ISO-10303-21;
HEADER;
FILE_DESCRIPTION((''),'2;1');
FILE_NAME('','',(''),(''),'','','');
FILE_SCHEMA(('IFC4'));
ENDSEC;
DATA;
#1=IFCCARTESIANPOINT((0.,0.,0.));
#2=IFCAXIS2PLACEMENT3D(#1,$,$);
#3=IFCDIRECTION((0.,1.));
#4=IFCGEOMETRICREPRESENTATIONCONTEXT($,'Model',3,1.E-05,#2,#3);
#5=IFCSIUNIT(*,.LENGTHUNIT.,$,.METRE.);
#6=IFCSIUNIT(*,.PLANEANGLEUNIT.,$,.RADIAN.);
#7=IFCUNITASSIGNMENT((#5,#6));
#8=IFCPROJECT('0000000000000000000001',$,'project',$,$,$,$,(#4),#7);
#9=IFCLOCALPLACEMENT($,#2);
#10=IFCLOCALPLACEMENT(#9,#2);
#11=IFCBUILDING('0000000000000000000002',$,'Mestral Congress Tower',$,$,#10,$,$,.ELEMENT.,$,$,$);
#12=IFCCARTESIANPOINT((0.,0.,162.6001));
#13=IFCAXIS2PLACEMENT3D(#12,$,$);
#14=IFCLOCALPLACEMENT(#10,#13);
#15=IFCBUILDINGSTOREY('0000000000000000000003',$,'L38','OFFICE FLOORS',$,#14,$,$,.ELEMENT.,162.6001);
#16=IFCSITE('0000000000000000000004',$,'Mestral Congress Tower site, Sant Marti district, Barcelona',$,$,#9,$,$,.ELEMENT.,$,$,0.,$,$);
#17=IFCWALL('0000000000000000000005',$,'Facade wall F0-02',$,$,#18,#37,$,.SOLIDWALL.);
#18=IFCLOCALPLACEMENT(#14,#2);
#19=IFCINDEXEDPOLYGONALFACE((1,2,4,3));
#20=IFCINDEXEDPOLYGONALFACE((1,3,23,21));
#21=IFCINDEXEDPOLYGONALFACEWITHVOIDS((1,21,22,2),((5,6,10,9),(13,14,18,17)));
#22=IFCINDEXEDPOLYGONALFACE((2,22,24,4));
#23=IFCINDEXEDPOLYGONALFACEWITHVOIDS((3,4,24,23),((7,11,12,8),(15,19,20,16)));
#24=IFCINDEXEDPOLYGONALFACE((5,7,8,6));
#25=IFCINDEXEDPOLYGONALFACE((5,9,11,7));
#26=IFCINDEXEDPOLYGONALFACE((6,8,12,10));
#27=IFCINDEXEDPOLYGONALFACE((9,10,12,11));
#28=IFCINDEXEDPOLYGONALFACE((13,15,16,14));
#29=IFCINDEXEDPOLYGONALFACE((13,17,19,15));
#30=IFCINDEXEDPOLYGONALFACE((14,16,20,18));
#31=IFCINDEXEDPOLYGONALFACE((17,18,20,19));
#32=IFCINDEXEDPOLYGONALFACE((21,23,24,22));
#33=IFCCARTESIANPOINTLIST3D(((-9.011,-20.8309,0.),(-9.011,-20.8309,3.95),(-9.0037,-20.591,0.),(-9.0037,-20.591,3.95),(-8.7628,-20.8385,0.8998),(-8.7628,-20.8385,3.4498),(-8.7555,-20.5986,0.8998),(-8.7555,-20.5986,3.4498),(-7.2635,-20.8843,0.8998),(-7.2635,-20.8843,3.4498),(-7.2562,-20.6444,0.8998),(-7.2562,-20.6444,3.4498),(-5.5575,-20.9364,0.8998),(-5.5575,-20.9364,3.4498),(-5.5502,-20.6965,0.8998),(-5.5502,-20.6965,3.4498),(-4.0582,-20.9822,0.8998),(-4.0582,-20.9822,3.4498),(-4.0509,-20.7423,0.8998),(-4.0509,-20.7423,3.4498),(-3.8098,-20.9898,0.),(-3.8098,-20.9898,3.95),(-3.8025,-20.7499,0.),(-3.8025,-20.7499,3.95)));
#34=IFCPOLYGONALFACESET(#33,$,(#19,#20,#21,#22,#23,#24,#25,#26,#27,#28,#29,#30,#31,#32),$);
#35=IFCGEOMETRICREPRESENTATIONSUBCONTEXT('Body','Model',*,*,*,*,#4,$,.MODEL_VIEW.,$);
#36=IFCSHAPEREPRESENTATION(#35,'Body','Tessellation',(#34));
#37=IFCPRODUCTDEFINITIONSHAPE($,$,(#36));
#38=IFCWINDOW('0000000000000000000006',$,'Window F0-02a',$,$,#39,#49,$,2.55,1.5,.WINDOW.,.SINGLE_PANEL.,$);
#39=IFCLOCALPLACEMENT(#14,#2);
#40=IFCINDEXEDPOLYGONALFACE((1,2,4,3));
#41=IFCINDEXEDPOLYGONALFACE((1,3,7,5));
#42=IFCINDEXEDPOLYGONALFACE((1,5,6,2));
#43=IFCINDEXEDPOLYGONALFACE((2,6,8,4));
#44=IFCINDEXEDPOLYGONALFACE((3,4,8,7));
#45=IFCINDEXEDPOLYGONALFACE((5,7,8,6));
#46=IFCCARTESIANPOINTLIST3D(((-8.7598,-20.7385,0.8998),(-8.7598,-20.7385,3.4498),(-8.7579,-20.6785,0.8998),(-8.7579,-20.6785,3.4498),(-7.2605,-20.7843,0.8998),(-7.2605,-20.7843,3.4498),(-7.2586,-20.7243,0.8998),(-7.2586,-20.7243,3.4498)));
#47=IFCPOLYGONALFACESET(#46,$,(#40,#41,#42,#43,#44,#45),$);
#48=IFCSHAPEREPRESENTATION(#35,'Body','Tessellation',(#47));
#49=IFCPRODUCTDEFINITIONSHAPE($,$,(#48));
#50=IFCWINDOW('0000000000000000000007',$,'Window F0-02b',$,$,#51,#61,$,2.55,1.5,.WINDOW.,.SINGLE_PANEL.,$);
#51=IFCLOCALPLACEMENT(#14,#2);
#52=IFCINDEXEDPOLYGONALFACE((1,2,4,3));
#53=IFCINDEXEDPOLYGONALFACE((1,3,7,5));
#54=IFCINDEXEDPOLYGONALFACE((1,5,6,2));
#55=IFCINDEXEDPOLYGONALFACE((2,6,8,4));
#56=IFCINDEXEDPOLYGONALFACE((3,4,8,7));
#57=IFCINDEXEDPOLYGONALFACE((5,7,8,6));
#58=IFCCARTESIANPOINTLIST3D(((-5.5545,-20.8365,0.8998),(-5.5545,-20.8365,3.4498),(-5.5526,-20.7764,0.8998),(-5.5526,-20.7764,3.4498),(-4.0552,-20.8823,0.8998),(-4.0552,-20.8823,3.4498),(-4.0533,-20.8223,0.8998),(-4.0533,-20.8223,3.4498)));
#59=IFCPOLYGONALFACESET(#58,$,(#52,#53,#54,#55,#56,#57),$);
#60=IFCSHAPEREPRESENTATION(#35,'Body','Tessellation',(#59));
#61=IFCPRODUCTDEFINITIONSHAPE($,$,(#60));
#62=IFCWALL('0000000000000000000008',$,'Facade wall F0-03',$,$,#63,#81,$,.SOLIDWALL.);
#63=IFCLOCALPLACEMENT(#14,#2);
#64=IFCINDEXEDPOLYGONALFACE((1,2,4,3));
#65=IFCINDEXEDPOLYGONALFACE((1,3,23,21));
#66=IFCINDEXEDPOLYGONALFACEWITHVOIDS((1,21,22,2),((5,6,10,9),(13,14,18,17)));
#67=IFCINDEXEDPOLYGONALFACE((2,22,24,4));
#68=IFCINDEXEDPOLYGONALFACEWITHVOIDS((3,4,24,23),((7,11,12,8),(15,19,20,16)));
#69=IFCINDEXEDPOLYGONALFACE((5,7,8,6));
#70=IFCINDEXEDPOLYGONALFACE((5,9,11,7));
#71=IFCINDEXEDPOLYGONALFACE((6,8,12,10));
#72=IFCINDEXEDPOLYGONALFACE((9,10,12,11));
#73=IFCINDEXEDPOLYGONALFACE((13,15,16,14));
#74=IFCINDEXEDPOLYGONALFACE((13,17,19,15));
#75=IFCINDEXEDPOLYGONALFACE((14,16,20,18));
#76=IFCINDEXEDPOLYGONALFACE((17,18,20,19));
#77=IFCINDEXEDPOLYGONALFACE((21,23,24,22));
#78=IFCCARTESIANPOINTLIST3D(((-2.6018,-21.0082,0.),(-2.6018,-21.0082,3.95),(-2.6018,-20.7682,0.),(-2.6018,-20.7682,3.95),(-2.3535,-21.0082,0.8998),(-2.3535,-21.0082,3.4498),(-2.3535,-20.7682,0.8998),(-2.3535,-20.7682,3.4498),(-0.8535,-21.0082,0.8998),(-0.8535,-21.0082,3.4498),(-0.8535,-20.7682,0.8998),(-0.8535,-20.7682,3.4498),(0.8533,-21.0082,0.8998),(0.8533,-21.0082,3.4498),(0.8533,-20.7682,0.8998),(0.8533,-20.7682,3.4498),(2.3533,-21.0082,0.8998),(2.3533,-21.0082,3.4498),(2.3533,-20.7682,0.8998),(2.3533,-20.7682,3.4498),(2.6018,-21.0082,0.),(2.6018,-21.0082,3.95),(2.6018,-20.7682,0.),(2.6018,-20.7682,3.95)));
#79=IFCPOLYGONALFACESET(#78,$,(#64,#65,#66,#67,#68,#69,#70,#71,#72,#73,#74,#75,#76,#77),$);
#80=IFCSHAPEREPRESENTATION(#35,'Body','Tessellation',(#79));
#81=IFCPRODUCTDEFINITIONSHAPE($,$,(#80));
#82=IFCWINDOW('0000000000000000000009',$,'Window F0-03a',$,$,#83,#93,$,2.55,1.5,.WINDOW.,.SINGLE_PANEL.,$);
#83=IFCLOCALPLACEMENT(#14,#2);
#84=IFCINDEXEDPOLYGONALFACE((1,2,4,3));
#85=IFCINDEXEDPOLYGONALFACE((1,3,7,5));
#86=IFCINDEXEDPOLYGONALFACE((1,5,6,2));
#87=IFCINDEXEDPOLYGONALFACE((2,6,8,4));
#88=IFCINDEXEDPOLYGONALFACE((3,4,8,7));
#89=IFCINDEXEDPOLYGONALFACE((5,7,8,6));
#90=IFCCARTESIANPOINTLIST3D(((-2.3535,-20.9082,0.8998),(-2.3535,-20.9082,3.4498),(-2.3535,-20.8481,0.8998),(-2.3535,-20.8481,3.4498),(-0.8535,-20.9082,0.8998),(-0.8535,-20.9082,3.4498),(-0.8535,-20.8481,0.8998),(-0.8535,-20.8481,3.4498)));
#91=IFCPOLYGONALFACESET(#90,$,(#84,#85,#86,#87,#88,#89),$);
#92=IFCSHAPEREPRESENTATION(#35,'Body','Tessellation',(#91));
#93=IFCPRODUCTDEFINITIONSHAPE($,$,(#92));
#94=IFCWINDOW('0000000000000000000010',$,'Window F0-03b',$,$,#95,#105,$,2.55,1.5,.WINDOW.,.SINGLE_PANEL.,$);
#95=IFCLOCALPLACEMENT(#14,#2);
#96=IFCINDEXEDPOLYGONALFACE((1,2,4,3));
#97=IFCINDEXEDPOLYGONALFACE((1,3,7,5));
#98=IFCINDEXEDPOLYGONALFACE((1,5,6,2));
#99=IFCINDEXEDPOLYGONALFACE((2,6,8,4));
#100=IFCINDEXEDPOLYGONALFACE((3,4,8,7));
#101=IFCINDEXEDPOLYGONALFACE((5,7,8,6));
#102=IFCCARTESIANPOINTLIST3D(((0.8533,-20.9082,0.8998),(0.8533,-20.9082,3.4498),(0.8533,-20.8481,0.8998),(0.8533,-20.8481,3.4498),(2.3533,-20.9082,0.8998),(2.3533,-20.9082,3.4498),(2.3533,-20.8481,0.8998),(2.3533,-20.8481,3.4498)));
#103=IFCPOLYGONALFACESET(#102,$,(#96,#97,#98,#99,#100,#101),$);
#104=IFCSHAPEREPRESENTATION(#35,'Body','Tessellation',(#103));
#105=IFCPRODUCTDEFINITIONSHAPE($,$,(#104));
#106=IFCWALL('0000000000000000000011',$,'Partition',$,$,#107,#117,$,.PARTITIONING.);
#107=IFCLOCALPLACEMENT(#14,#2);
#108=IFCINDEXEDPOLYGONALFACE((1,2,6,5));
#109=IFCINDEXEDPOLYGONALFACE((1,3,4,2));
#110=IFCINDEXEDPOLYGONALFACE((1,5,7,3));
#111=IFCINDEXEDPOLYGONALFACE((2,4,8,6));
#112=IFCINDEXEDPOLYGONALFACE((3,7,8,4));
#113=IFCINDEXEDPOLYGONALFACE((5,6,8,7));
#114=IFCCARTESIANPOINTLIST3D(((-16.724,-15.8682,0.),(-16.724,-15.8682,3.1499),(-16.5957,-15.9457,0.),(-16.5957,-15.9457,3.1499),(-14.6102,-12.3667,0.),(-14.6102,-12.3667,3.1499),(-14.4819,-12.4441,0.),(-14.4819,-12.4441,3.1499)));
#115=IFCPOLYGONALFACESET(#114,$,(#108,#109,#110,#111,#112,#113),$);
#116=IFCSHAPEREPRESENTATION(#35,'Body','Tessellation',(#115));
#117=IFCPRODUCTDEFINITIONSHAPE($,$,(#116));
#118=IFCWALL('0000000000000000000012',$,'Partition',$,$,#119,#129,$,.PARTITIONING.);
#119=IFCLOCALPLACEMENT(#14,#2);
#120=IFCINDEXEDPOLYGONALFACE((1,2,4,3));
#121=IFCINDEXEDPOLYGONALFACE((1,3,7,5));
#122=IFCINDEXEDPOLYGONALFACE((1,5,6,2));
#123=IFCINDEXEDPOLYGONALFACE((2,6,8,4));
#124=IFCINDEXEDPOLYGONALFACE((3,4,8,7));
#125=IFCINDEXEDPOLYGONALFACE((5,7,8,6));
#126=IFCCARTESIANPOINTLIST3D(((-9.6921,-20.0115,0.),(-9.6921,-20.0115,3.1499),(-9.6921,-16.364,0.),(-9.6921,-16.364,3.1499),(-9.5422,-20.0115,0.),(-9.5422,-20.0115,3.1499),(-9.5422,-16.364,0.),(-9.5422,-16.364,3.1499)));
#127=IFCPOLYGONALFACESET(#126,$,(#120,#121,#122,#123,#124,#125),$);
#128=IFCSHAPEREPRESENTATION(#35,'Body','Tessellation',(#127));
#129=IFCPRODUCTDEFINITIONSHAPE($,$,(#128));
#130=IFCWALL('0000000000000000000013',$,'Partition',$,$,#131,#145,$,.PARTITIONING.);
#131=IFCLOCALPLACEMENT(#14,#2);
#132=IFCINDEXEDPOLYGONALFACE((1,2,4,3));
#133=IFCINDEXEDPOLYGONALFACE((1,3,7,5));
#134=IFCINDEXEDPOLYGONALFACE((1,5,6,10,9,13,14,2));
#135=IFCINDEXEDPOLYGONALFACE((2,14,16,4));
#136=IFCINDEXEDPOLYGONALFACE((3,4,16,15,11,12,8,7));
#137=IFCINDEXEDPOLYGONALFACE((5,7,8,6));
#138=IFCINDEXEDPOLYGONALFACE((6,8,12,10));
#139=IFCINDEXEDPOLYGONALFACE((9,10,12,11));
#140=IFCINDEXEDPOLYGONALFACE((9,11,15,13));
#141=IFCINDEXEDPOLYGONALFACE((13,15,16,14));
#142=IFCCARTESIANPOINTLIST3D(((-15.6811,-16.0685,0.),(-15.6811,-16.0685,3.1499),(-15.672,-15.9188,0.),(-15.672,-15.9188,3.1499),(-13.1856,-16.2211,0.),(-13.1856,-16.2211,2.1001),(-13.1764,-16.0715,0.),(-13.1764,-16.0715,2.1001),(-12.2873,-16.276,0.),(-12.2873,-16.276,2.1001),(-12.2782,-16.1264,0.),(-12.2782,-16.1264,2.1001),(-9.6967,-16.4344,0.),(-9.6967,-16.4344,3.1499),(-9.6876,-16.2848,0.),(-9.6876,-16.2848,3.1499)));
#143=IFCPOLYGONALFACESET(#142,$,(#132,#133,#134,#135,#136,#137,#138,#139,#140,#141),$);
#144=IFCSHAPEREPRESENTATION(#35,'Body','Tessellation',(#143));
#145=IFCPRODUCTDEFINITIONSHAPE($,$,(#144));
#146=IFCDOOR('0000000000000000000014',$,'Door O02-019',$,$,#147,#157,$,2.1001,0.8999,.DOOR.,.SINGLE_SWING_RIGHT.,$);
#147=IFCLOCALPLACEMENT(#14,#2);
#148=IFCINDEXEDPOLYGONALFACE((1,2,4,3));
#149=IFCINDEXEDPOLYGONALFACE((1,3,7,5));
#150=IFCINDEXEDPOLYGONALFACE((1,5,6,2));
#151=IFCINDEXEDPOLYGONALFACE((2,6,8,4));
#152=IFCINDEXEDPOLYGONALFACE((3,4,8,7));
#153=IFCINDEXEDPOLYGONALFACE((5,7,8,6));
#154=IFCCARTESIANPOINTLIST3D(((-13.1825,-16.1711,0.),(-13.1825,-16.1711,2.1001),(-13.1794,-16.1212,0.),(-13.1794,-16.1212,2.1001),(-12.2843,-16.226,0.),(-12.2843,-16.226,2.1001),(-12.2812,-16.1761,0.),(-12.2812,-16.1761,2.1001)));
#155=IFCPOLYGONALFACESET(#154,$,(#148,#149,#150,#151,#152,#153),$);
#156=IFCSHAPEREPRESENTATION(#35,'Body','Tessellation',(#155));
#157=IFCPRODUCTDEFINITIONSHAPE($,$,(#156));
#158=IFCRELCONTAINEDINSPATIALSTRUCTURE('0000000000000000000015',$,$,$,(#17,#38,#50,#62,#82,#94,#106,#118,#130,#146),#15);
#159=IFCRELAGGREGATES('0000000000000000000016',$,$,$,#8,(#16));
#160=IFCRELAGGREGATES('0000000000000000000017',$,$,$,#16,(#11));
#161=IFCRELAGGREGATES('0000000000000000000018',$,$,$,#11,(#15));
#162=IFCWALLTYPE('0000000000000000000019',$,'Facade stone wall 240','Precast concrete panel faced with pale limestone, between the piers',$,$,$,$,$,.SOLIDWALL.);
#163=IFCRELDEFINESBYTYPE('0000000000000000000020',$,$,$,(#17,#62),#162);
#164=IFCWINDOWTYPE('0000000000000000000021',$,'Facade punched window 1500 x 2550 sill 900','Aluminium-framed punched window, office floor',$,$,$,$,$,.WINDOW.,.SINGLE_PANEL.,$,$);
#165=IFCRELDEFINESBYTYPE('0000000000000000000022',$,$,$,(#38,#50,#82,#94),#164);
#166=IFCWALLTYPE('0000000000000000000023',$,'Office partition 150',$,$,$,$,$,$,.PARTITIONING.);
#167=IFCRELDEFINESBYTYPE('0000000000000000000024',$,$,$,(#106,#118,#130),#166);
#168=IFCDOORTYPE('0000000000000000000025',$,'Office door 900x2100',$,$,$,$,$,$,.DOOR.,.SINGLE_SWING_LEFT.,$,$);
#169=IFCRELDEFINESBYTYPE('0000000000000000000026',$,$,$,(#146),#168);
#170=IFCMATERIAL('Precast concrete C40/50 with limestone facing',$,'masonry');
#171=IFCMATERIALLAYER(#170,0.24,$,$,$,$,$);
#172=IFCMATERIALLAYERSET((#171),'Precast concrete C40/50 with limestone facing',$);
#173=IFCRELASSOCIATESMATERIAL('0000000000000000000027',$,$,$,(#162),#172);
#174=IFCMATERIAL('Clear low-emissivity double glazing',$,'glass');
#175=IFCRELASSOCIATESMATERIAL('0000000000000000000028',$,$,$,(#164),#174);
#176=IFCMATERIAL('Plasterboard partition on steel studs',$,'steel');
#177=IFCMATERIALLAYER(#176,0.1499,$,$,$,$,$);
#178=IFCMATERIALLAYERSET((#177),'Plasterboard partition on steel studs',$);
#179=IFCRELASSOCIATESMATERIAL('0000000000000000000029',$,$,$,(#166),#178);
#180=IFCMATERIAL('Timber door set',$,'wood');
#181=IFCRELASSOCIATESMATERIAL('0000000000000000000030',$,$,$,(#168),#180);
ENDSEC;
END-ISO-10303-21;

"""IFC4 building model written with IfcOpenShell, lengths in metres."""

from ifc_helpers import new_model, si_unit, direction, frame, frame_2d, origin, place, context, subcontext, project, spatial, rectangle, extrude, material, layer, layer_set, type_object, element, fill, save


model = new_model("IFC4")

# Units and contexts
model_context = context("Model", 3, precision=1e-05, world=origin(), true_north=direction((0.0, 1.0)))
body_context = subcontext(model_context, "Body", "Model", "MODEL_VIEW")
ifc_project = project(units=[si_unit("LENGTHUNIT", "METRE"), si_unit("PLANEANGLEUNIT", "RADIAN")], contexts=[model_context])

# Site, building, storey
site_placement = place(None, origin())
site = spatial("IfcSite", under=ifc_project, at=site_placement, Name="Mestral Congress Tower site, Sant Marti district, Barcelona", CompositionType="ELEMENT", RefElevation=0.0)
building_placement = place(site_placement, origin())
building = spatial("IfcBuilding", under=site, at=building_placement, Name="Mestral Congress Tower", CompositionType="ELEMENT")
storey_placement = place(building_placement, frame((0.0, 0.0, 162.6001)))
storey = spatial("IfcBuildingStorey", under=building, at=storey_placement, Name="L38", Description="OFFICE FLOORS", CompositionType="ELEMENT", Elevation=162.6001)

# Walls, openings, windows
ifc_material_1 = material(Name="Precast concrete C40/50 with limestone facing", Category="masonry")
ifc_layer_1 = layer(ifc_material_1, 0.24)
ifc_layer_set_1 = layer_set([ifc_layer_1], Name="Precast concrete C40/50 with limestone facing")
wall_type_1 = type_object("IfcWallType", Name="Facade stone wall 240", Description="Precast concrete panel faced with pale limestone, between the piers", PredefinedType="SOLIDWALL", material=ifc_layer_set_1)
wall_1_placement = place(storey_placement, frame((-9.0073, -20.7109, 0.0), z_axis=(0.0, 0.0, 1.0), x_axis=(0.999533, -0.030543, 0.0)))
wall_1 = element("IfcWall", 1, at=wall_1_placement, inside=storey, type_object=wall_type_1, Name="Facade wall F0-02", PredefinedType="SOLIDWALL", context=body_context, shape_type="SweptSolid", body=[
    extrude(rectangle(XDim=5.2036, YDim=0.24, at=frame_2d((2.6018, 0.0))), origin(), (0.0, 0.0, 1.0), 3.95),
])
opening_1_placement = place(wall_1_placement, frame((0.2483, 0.0, 0.8999)))
opening_1 = element("IfcOpeningElement", 2, at=opening_1_placement, cuts=wall_1, PredefinedType="OPENING", context=body_context, shape_type="SweptSolid", body=[
    extrude(rectangle(XDim=1.5, YDim=2.55, at=frame_2d((0.75, 1.2749))), frame((0.0, 0.1299, 0.0), z_axis=(0.0, -1.0, 0.0), x_axis=(1.0, 0.0, 0.0)), (0.0, 0.0, 1.0), 0.26),
])
opening_2_placement = place(wall_1_placement, frame((3.4551, 0.0, 0.8999)))
opening_2 = element("IfcOpeningElement", 3, at=opening_2_placement, cuts=wall_1, PredefinedType="OPENING", context=body_context, shape_type="SweptSolid", body=[
    extrude(rectangle(XDim=1.5, YDim=2.55, at=frame_2d((0.75, 1.2749))), frame((0.0, 0.1299, 0.0), z_axis=(0.0, -1.0, 0.0), x_axis=(1.0, 0.0, 0.0)), (0.0, 0.0, 1.0), 0.26),
])
ifc_material_2 = material(Name="Clear low-emissivity double glazing", Category="glass")
window_type = type_object("IfcWindowType", Name="Facade punched window 1500 x 2550 sill 900", Description="Aluminium-framed punched window, office floor", PartitioningType="SINGLE_PANEL", PredefinedType="WINDOW", material=ifc_material_2)
window_1_placement = place(opening_1_placement, origin())
window_1 = element("IfcWindow", 4, at=window_1_placement, inside=storey, type_object=window_type, Name="Window F0-02a", OverallHeight=2.55, OverallWidth=1.5, PartitioningType="SINGLE_PANEL", PredefinedType="WINDOW", context=body_context, shape_type="SweptSolid", body=[
    extrude(rectangle(XDim=1.5, YDim=2.55, at=frame_2d((0.75, 1.2749))), frame((0.0, 0.04, 0.0), z_axis=(0.0, -1.0, 0.0), x_axis=(1.0, 0.0, 0.0)), (0.0, 0.0, 1.0), 0.0601),
])
fill(opening_1, window_1)
window_2_placement = place(opening_2_placement, origin())
window_2 = element("IfcWindow", 5, at=window_2_placement, inside=storey, type_object=window_type, Name="Window F0-02b", OverallHeight=2.55, OverallWidth=1.5, PartitioningType="SINGLE_PANEL", PredefinedType="WINDOW", context=body_context, shape_type="SweptSolid", body=[
    extrude(rectangle(XDim=1.5, YDim=2.55, at=frame_2d((0.75, 1.2749))), frame((0.0, 0.04, 0.0), z_axis=(0.0, -1.0, 0.0), x_axis=(1.0, 0.0, 0.0)), (0.0, 0.0, 1.0), 0.0601),
])
fill(opening_2, window_2)
wall_2_placement = place(storey_placement, frame((-2.6018, -20.8882, 0.0), z_axis=(0.0, 0.0, 1.0), x_axis=(1.0, 0.0, 0.0)))
wall_2 = element("IfcWall", 6, at=wall_2_placement, inside=storey, type_object=wall_type_1, Name="Facade wall F0-03", PredefinedType="SOLIDWALL", context=body_context, shape_type="SweptSolid", body=[
    extrude(rectangle(XDim=5.2036, YDim=0.24, at=frame_2d((2.6018, 0.0))), origin(), (0.0, 0.0, 1.0), 3.95),
])
opening_3_placement = place(wall_2_placement, frame((0.2483, 0.0, 0.8999)))
opening_3 = element("IfcOpeningElement", 7, at=opening_3_placement, cuts=wall_2, PredefinedType="OPENING", context=body_context, shape_type="SweptSolid", body=[
    extrude(rectangle(XDim=1.5, YDim=2.55, at=frame_2d((0.75, 1.2749))), frame((0.0, 0.1299, 0.0), z_axis=(0.0, -1.0, 0.0), x_axis=(1.0, 0.0, 0.0)), (0.0, 0.0, 1.0), 0.26),
])
opening_4_placement = place(wall_2_placement, frame((3.4551, 0.0, 0.8999)))
opening_4 = element("IfcOpeningElement", 8, at=opening_4_placement, cuts=wall_2, PredefinedType="OPENING", context=body_context, shape_type="SweptSolid", body=[
    extrude(rectangle(XDim=1.5, YDim=2.55, at=frame_2d((0.75, 1.2749))), frame((0.0, 0.1299, 0.0), z_axis=(0.0, -1.0, 0.0), x_axis=(1.0, 0.0, 0.0)), (0.0, 0.0, 1.0), 0.26),
])
window_3_placement = place(opening_3_placement, origin())
window_3 = element("IfcWindow", 9, at=window_3_placement, inside=storey, type_object=window_type, Name="Window F0-03a", OverallHeight=2.55, OverallWidth=1.5, PartitioningType="SINGLE_PANEL", PredefinedType="WINDOW", context=body_context, shape_type="SweptSolid", body=[
    extrude(rectangle(XDim=1.5, YDim=2.55, at=frame_2d((0.75, 1.2749))), frame((0.0, 0.04, 0.0), z_axis=(0.0, -1.0, 0.0), x_axis=(1.0, 0.0, 0.0)), (0.0, 0.0, 1.0), 0.0601),
])
fill(opening_3, window_3)
window_4_placement = place(opening_4_placement, origin())
window_4 = element("IfcWindow", 10, at=window_4_placement, inside=storey, type_object=window_type, Name="Window F0-03b", OverallHeight=2.55, OverallWidth=1.5, PartitioningType="SINGLE_PANEL", PredefinedType="WINDOW", context=body_context, shape_type="SweptSolid", body=[
    extrude(rectangle(XDim=1.5, YDim=2.55, at=frame_2d((0.75, 1.2749))), frame((0.0, 0.04, 0.0), z_axis=(0.0, -1.0, 0.0), x_axis=(1.0, 0.0, 0.0)), (0.0, 0.0, 1.0), 0.0601),
])
fill(opening_4, window_4)

# Walls
ifc_material_3 = material(Name="Plasterboard partition on steel studs", Category="steel")
ifc_layer_2 = layer(ifc_material_3, 0.1499)
ifc_layer_set_2 = layer_set([ifc_layer_2], Name="Plasterboard partition on steel studs")
wall_type_2 = type_object("IfcWallType", Name="Office partition 150", PredefinedType="PARTITIONING", material=ifc_layer_set_2)
wall_3_placement = place(storey_placement, frame((-14.5461, -12.4055, 0.0), z_axis=(0.0, 0.0, 1.0), x_axis=(-0.516811, -0.856099, 0.0)))
element("IfcWall", 11, at=wall_3_placement, inside=storey, type_object=wall_type_2, Name="Partition", PredefinedType="PARTITIONING", context=body_context, shape_type="SweptSolid", body=[
    extrude(rectangle(XDim=4.0901, YDim=0.1499, at=frame_2d((2.0449, 0.0))), origin(), (0.0, 0.0, 1.0), 3.1499),
])
wall_4_placement = place(storey_placement, frame((-9.6172, -16.364, 0.0), z_axis=(0.0, 0.0, 1.0), x_axis=(0.0, -1.0, 0.0)))
element("IfcWall", 12, at=wall_4_placement, inside=storey, type_object=wall_type_2, Name="Partition", PredefinedType="PARTITIONING", context=body_context, shape_type="SweptSolid", body=[
    extrude(rectangle(XDim=3.6475, YDim=0.1499, at=frame_2d((1.8237, 0.0))), origin(), (0.0, 0.0, 1.0), 3.1499),
])

# Wall, opening, door
wall_5_placement = place(storey_placement, frame((-9.6921, -16.3596, 0.0), z_axis=(0.0, 0.0, 1.0), x_axis=(-0.998135, 0.06104, 0.0)))
wall_5 = element("IfcWall", 13, at=wall_5_placement, inside=storey, type_object=wall_type_2, Name="Partition", PredefinedType="PARTITIONING", context=body_context, shape_type="SweptSolid", body=[
    extrude(rectangle(XDim=5.9956, YDim=0.1499, at=frame_2d((2.9978, 0.0))), origin(), (0.0, 0.0, 1.0), 3.1499),
])
opening_5_placement = place(wall_5_placement, frame((2.5955, 0.0, 0.0)))
opening_5 = element("IfcOpeningElement", 14, at=opening_5_placement, cuts=wall_5, PredefinedType="OPENING", context=body_context, shape_type="SweptSolid", body=[
    extrude(rectangle(XDim=0.8999, YDim=2.1001, at=frame_2d((0.45, 1.05))), frame((0.0, 0.085, 0.0), z_axis=(0.0, -1.0, 0.0), x_axis=(1.0, 0.0, 0.0)), (0.0, 0.0, 1.0), 0.1699),
])
ifc_material_4 = material(Name="Timber door set", Category="wood")
door_type_1 = type_object("IfcDoorType", Name="Office door 900x2100", OperationType="SINGLE_SWING_LEFT", PredefinedType="DOOR", material=ifc_material_4)
door_1_placement = place(opening_5_placement, origin())
door_1 = element("IfcDoor", 15, at=door_1_placement, inside=storey, type_object=door_type_1, Name="Door O02-019", OperationType="SINGLE_SWING_RIGHT", OverallHeight=2.1001, OverallWidth=0.8999, PredefinedType="DOOR", context=body_context, shape_type="SweptSolid", body=[
    extrude(rectangle(XDim=0.8999, YDim=2.1001, at=frame_2d((0.45, 1.05))), frame((0.0, 0.0249, 0.0), z_axis=(0.0, -1.0, 0.0), x_axis=(1.0, 0.0, 0.0)), (0.0, 0.0, 1.0), 0.05),
])
fill(opening_5, door_1)

save(model, "model.ifc")
